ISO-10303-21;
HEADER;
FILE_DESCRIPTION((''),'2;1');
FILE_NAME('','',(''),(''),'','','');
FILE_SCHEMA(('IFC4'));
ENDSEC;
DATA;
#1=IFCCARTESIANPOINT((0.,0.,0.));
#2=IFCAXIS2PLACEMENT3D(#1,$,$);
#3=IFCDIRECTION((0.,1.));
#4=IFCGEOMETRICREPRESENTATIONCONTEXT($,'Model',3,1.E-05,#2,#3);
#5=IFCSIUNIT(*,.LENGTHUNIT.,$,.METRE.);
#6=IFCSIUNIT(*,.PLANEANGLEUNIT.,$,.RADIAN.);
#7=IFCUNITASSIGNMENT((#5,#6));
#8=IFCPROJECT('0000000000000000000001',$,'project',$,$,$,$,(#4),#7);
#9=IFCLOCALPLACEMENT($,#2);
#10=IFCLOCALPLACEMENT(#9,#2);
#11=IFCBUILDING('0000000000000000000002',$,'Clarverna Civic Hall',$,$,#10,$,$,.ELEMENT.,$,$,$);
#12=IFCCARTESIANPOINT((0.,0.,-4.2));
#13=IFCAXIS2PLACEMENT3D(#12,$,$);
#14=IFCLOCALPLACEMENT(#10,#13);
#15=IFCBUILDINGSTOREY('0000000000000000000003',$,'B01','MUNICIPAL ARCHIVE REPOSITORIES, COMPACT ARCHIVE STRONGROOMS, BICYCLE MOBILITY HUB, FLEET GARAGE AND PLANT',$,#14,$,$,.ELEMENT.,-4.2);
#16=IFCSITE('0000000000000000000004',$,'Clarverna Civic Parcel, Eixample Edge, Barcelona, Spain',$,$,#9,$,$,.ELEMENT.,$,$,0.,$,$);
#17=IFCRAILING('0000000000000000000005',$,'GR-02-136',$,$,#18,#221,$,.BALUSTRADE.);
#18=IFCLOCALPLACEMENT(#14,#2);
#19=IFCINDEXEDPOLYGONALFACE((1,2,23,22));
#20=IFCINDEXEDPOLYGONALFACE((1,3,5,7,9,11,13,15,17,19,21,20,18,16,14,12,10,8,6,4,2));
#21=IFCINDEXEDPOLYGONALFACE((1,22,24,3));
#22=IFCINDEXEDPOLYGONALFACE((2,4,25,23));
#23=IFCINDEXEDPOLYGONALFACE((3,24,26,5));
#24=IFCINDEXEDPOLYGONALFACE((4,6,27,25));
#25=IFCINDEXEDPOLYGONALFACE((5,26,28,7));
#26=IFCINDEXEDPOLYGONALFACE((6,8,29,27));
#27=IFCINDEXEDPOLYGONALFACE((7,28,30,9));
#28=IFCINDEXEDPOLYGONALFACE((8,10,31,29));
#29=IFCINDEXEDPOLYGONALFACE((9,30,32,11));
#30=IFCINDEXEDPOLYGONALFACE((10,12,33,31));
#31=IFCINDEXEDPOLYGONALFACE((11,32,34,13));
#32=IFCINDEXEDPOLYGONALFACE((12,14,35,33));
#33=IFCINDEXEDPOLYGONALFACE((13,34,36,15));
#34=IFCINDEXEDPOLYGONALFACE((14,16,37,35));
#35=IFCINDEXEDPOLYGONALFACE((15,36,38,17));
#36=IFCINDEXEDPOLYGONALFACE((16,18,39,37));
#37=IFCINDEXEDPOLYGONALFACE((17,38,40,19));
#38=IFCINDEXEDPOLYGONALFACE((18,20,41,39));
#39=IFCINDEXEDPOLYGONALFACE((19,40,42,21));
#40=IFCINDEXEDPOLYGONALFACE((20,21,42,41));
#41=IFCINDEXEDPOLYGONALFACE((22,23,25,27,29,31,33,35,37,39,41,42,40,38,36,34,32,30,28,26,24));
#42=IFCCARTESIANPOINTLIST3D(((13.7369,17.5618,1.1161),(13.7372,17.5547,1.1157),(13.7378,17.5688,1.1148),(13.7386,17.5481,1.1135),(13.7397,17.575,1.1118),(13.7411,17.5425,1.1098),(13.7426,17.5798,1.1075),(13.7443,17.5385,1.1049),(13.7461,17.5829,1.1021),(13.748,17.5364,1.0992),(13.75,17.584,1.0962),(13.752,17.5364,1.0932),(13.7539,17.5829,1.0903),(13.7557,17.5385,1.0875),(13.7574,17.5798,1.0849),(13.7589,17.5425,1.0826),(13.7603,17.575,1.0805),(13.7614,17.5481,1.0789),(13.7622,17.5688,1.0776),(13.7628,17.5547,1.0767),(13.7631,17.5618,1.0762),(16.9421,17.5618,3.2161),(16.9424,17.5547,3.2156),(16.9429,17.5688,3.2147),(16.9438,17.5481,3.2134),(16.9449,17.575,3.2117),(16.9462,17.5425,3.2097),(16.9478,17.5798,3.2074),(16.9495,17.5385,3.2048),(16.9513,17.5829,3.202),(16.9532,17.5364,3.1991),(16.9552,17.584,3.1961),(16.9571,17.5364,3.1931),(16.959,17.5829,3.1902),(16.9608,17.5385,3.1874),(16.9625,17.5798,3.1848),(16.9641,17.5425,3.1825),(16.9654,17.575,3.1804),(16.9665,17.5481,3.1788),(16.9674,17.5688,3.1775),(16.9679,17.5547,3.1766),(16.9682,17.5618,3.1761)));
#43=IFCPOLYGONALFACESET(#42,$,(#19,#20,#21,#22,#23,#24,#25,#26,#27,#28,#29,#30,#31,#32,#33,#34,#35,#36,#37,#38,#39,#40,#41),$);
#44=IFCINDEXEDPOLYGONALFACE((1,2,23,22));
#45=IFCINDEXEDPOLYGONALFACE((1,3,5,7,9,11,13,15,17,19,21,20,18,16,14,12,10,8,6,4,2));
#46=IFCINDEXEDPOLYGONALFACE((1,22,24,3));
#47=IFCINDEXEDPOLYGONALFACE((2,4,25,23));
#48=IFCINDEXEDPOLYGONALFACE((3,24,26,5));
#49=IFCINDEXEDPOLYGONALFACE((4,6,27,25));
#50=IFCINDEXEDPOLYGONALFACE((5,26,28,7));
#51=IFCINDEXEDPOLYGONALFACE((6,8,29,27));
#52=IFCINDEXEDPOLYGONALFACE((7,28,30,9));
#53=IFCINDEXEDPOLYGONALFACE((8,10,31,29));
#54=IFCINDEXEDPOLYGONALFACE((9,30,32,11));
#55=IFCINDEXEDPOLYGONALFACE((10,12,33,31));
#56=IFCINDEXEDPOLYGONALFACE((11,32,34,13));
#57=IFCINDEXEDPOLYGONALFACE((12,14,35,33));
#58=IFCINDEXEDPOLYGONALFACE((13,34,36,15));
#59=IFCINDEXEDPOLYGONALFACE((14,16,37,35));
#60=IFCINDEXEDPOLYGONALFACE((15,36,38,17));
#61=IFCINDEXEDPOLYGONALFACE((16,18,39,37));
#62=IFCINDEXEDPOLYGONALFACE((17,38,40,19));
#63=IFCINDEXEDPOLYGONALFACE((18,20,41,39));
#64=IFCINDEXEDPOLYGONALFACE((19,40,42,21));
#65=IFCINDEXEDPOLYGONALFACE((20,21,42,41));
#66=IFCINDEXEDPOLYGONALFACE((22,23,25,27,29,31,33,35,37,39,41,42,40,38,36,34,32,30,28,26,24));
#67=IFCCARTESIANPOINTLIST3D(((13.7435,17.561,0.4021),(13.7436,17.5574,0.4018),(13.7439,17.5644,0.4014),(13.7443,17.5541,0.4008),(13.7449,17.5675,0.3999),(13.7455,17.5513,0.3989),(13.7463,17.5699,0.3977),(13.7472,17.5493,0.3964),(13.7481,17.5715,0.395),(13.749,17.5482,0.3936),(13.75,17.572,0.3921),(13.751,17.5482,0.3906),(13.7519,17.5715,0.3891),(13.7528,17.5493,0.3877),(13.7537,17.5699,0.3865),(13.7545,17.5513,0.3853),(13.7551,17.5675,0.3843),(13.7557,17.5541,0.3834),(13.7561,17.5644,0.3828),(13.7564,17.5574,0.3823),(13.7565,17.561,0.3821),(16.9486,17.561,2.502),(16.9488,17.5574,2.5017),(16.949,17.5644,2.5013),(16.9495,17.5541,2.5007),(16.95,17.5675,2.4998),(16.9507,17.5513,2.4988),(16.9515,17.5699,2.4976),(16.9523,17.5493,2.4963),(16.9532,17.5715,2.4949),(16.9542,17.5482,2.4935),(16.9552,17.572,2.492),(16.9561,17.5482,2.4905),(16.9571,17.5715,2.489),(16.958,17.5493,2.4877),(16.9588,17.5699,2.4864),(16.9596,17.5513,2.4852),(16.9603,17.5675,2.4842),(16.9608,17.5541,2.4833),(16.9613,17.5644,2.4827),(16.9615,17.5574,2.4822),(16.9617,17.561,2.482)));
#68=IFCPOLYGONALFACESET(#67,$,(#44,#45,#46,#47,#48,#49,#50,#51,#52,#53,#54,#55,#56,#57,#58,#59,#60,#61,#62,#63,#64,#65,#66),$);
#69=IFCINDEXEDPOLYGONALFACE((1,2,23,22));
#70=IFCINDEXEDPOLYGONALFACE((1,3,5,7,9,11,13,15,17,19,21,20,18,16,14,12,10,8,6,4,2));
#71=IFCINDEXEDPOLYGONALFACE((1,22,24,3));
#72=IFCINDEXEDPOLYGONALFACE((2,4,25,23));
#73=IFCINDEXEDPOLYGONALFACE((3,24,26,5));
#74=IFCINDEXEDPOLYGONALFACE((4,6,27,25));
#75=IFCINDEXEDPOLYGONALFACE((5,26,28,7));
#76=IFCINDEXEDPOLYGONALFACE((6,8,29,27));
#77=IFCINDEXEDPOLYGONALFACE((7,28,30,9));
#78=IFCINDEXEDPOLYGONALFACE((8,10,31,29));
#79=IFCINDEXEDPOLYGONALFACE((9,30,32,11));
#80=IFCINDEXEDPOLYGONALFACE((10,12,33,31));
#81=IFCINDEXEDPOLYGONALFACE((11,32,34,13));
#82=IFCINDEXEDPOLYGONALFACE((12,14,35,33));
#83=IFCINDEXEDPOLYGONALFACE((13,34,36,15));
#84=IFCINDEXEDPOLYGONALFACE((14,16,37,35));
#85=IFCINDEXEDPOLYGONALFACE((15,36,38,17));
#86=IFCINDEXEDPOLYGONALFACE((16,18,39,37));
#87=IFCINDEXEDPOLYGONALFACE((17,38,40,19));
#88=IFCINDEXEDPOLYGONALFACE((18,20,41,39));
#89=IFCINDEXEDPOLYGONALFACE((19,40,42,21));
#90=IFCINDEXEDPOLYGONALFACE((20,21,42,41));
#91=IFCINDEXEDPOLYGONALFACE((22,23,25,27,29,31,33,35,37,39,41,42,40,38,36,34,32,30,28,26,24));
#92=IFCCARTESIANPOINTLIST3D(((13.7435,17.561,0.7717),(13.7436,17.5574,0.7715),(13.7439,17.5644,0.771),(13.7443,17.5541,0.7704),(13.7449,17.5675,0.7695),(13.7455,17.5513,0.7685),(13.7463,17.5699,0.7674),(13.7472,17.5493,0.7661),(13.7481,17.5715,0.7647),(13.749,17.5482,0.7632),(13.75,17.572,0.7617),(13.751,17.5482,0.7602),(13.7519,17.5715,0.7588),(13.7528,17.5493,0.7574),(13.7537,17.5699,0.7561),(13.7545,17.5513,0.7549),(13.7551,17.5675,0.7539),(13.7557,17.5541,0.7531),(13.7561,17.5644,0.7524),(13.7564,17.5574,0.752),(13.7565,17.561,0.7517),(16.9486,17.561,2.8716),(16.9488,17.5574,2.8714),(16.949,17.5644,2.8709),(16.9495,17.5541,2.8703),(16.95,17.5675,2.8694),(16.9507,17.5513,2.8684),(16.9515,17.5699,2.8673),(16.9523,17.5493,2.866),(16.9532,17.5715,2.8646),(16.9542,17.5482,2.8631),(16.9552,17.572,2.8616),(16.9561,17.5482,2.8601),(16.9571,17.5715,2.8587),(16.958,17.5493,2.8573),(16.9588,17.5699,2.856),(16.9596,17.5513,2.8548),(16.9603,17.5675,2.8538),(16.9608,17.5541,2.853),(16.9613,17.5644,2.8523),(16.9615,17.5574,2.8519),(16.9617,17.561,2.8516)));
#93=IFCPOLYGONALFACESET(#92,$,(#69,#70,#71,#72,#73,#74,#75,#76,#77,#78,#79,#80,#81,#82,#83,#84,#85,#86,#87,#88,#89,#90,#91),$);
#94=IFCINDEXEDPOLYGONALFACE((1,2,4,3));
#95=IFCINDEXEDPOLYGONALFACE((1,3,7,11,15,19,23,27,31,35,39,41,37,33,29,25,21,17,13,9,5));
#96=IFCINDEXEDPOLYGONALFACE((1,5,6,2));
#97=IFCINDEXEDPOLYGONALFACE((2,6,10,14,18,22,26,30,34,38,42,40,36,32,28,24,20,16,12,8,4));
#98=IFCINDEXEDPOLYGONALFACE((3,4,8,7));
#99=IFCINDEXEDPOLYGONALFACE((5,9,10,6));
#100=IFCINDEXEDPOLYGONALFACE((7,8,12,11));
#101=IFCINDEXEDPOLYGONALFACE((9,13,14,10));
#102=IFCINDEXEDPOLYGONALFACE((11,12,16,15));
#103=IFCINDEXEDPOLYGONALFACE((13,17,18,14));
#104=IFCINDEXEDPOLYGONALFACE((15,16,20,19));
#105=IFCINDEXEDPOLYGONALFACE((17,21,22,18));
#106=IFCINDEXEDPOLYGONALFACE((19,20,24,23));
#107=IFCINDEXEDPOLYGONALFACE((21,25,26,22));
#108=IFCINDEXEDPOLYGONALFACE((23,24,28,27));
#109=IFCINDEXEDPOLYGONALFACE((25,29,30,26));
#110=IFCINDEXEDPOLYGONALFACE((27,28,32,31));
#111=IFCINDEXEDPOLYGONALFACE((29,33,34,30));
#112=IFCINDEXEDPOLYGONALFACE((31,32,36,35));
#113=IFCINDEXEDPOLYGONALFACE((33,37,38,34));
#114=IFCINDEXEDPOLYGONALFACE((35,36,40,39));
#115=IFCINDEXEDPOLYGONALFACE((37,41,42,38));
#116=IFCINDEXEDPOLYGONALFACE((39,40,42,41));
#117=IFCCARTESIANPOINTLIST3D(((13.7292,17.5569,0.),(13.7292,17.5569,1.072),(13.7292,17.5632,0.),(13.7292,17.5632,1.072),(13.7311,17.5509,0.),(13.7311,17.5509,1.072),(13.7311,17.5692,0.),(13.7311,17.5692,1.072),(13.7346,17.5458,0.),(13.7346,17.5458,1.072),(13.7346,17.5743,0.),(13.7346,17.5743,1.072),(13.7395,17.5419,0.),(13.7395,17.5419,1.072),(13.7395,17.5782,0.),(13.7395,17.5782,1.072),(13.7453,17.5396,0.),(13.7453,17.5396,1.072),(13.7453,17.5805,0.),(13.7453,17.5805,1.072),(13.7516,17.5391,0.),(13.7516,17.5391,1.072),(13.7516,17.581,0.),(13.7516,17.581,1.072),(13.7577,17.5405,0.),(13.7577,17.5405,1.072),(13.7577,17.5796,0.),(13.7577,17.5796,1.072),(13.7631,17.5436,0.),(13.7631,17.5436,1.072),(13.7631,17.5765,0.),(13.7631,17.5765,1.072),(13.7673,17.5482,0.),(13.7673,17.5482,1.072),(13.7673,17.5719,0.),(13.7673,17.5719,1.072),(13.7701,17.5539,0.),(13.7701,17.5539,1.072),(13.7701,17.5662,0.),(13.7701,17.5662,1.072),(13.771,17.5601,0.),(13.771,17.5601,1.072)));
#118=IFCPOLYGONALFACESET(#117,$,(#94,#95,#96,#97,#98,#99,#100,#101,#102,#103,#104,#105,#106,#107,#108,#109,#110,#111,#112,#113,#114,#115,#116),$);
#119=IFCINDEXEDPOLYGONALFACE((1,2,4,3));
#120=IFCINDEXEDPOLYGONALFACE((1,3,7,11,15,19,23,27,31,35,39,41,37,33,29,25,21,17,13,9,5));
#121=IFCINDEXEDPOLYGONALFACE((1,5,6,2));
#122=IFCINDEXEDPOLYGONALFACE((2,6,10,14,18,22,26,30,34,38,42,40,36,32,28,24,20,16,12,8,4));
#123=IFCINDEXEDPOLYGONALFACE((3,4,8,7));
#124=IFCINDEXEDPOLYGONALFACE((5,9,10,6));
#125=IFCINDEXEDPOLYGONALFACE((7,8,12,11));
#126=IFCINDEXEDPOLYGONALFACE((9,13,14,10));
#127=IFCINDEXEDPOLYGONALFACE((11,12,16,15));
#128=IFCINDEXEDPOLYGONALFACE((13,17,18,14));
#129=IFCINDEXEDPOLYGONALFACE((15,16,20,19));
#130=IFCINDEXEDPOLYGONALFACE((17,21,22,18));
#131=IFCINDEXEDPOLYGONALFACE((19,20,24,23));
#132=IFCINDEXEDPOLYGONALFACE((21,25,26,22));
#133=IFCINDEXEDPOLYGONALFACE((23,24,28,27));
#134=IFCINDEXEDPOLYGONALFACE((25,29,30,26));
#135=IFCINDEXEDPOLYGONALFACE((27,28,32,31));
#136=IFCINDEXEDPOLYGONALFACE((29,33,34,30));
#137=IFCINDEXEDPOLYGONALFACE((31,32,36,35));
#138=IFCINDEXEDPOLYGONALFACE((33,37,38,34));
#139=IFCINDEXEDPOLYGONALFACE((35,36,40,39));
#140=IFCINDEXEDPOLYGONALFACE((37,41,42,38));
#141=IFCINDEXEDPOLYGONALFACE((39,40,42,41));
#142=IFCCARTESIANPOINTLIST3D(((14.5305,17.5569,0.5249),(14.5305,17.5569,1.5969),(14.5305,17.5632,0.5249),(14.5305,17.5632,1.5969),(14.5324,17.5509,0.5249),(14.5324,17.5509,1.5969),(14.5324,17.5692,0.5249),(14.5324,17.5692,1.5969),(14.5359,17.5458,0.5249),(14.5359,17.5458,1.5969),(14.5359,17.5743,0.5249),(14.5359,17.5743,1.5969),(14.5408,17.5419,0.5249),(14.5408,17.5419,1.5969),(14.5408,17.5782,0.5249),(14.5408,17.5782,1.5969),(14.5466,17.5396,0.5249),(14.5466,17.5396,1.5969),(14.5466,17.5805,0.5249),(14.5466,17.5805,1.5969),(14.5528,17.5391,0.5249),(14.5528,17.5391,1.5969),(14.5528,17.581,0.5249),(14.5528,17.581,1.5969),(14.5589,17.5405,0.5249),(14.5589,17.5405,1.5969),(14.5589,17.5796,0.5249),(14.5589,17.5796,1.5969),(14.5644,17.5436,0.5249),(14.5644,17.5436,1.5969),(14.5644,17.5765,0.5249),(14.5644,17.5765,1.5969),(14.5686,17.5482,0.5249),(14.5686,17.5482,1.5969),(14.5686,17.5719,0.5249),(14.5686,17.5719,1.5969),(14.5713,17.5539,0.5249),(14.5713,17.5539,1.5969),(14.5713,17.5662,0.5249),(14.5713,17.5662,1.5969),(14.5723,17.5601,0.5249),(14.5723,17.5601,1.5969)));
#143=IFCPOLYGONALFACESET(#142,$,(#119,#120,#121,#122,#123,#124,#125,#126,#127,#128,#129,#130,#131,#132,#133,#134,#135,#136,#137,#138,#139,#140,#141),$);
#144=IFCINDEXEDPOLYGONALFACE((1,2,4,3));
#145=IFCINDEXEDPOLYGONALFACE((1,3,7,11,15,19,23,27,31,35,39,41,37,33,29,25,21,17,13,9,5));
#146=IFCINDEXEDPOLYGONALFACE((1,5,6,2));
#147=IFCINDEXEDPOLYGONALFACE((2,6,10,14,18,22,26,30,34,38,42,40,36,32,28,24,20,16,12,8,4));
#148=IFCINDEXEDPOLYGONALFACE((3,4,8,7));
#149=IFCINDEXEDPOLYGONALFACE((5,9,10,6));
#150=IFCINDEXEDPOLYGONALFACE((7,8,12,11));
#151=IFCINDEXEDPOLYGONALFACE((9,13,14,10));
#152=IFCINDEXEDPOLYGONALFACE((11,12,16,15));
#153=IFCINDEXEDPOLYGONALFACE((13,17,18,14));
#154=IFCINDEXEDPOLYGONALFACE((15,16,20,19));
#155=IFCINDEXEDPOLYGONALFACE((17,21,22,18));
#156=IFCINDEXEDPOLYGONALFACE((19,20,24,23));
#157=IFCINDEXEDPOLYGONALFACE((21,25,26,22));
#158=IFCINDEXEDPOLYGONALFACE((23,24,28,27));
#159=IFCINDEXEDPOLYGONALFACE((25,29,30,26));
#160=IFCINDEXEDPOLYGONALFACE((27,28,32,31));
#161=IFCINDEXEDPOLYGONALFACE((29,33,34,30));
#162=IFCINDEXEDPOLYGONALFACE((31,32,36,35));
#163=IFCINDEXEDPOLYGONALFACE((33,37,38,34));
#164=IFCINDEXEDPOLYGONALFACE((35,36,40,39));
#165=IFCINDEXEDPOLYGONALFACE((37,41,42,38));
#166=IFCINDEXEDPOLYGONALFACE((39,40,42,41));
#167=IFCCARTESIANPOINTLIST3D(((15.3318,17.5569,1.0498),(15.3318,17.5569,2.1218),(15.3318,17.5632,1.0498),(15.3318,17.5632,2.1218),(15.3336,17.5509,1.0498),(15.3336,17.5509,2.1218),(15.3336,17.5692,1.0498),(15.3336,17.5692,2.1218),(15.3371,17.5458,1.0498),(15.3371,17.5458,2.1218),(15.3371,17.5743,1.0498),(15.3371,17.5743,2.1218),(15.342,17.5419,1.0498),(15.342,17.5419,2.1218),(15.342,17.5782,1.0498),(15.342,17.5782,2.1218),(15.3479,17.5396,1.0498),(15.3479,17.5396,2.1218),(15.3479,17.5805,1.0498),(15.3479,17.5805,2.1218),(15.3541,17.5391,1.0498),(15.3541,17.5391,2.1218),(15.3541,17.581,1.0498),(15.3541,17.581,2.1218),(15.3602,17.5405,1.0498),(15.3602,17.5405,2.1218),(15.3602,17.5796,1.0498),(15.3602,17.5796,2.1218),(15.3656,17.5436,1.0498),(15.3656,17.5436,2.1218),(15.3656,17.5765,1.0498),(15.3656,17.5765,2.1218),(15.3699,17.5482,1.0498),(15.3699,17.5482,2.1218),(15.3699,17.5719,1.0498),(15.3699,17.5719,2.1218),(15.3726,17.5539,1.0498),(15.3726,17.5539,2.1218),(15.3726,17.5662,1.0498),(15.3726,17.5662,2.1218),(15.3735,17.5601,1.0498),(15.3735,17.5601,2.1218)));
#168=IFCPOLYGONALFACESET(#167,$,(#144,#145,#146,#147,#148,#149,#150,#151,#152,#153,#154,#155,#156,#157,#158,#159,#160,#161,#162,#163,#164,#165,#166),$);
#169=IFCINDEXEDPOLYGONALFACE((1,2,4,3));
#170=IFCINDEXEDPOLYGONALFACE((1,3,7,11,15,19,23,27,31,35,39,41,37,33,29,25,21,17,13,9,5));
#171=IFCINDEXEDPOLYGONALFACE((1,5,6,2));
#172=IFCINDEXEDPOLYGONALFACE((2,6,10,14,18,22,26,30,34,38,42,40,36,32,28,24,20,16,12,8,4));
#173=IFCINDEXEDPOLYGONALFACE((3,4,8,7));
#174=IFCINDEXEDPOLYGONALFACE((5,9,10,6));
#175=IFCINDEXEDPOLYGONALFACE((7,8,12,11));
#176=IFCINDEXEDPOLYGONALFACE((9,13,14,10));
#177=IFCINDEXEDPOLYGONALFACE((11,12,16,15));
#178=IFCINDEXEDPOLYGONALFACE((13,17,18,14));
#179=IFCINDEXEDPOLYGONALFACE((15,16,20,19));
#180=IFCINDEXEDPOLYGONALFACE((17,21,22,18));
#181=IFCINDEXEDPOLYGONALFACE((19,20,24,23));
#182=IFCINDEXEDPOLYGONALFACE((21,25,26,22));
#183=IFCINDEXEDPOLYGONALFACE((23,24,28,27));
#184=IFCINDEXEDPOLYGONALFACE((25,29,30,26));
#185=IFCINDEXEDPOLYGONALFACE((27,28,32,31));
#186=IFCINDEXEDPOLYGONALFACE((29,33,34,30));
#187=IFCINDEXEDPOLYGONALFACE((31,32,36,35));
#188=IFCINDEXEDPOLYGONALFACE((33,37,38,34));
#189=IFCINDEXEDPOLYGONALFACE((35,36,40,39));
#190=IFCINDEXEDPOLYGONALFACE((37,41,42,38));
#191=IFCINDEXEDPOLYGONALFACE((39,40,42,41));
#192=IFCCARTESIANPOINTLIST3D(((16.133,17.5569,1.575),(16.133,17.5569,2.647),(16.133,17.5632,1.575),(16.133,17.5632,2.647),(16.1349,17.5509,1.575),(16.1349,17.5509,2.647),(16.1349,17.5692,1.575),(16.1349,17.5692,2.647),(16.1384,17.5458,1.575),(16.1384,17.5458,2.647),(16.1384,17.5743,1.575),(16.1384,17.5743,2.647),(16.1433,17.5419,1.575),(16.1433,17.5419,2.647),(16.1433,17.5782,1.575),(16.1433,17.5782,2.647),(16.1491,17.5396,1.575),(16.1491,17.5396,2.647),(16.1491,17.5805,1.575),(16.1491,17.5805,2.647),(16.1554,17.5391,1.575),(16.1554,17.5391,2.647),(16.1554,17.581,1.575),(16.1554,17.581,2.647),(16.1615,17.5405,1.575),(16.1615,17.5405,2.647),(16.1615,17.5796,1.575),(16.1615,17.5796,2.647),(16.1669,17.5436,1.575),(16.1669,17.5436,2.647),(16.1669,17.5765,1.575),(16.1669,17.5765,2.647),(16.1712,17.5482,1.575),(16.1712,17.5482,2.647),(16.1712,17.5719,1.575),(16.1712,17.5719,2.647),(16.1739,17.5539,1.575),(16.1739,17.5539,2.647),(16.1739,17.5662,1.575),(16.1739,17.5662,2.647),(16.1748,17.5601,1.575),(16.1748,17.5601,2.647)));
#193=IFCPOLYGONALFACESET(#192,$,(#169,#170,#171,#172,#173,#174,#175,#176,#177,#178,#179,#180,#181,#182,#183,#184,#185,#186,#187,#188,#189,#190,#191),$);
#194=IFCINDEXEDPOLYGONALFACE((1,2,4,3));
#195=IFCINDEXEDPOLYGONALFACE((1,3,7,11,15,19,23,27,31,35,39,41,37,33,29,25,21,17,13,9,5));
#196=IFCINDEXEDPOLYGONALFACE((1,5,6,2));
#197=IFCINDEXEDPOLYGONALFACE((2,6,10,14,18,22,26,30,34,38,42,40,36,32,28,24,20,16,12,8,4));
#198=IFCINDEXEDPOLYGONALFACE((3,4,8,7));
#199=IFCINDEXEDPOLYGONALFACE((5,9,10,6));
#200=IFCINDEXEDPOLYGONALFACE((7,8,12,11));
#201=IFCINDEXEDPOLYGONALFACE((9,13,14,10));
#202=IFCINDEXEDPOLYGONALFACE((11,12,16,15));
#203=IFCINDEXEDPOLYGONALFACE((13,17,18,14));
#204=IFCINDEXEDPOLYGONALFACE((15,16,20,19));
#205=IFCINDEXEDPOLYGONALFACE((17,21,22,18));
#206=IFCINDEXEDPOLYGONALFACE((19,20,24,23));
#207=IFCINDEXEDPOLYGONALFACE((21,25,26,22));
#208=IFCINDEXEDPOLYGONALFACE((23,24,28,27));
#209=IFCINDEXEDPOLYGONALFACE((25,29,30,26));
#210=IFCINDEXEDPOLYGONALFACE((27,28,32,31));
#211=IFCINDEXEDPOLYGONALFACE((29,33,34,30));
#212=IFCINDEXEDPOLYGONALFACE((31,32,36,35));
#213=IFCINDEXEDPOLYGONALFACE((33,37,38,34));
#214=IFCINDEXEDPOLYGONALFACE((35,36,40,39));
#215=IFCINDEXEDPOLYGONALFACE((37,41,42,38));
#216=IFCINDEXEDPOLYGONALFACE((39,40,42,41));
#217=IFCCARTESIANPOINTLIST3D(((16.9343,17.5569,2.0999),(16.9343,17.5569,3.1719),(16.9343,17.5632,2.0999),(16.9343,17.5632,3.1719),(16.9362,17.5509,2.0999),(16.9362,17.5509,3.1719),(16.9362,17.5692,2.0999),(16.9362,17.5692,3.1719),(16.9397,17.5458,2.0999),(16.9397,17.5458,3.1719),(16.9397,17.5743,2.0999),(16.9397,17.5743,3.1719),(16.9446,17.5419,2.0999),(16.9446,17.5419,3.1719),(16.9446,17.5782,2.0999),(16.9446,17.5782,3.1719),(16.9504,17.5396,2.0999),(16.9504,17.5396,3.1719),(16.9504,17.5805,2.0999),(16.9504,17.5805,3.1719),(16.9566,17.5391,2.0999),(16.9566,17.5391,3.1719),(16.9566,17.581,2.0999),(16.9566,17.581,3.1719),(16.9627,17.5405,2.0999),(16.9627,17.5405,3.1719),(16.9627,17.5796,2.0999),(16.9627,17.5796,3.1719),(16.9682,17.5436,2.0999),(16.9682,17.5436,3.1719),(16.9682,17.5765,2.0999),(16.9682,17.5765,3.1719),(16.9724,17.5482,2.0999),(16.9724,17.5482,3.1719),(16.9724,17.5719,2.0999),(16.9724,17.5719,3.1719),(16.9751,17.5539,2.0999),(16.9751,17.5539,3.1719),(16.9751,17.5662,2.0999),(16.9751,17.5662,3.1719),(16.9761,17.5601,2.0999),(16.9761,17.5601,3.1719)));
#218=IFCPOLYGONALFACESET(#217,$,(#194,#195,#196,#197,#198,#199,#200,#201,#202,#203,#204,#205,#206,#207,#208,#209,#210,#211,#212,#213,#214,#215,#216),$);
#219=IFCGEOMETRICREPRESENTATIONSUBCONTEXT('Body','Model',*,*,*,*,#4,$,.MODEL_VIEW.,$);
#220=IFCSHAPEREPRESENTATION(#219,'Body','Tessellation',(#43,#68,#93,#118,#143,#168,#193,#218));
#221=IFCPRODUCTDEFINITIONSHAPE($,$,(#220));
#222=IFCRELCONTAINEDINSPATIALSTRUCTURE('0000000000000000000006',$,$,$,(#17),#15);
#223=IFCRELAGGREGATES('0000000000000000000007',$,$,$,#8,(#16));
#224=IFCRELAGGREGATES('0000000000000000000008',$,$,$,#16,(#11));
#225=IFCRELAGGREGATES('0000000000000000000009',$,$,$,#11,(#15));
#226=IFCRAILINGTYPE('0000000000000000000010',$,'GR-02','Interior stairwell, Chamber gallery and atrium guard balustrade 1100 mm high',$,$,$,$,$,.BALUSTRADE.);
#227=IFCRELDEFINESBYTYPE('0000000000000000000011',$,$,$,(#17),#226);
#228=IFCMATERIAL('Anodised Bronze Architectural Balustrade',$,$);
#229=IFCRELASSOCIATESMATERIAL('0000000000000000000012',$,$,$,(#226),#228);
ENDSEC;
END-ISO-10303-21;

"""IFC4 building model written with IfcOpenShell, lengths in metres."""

from ifc_helpers import new_model, si_unit, direction, frame, origin, origin_2d, place, context, subcontext, project, spatial, circle, extrude, material, type_object, element, save


model = new_model("IFC4")

# Units and contexts
model_context = context("Model", 3, precision=1e-05, world=origin(), true_north=direction((0.0, 1.0)))
body_context = subcontext(model_context, "Body", "Model", "MODEL_VIEW")
ifc_project = project(units=[si_unit("LENGTHUNIT", "METRE"), si_unit("PLANEANGLEUNIT", "RADIAN")], contexts=[model_context])

# Site, building, storey
site_placement = place(None, origin())
site = spatial("IfcSite", under=ifc_project, at=site_placement, Name="Clarverna Civic Parcel, Eixample Edge, Barcelona, Spain", CompositionType="ELEMENT", RefElevation=0.0)
building_placement = place(site_placement, origin())
building = spatial("IfcBuilding", under=site, at=building_placement, Name="Clarverna Civic Hall", CompositionType="ELEMENT")
storey_placement = place(building_placement, frame((0.0, 0.0, -4.2)))
storey = spatial("IfcBuildingStorey", under=building, at=storey_placement, Name="B01", Description="MUNICIPAL ARCHIVE REPOSITORIES, COMPACT ARCHIVE STRONGROOMS, BICYCLE MOBILITY HUB, FLEET GARAGE AND PLANT", CompositionType="ELEMENT", Elevation=-4.2)

# Railing
ifc_material_1 = material(Name="Anodised Bronze Architectural Balustrade")
railing_type_1 = type_object("IfcRailingType", Name="GR-02", Description="Interior stairwell, Chamber gallery and atrium guard balustrade 1100 mm high", PredefinedType="BALUSTRADE", material=ifc_material_1)
railing_1_placement = place(storey_placement, frame((13.75, 17.5601, 0.0)))
element("IfcRailing", 1, at=railing_1_placement, inside=storey, type_object=railing_type_1, Name="GR-02-136", PredefinedType="BALUSTRADE", context=body_context, shape_type="SweptSolid", body=[
    extrude(circle(Radius=0.0239, at=origin_2d()), frame((0.0, 0.0, 1.0962), z_axis=(0.836464, 0.0, 0.548022), x_axis=(0.0, 1.0, 0.0)), (0.0, 0.0, 1.0), 3.8318),
    extrude(circle(Radius=0.012, at=origin_2d()), frame((0.0, 0.0, 0.3921), z_axis=(0.836464, 0.0, 0.548022), x_axis=(0.0, 1.0, 0.0)), (0.0, 0.0, 1.0), 3.8318),
    extrude(circle(Radius=0.012, at=origin_2d()), frame((0.0, 0.0, 0.7617), z_axis=(0.836464, 0.0, 0.548022), x_axis=(0.0, 1.0, 0.0)), (0.0, 0.0, 1.0), 3.8318),
    extrude(circle(Radius=0.021, at=origin_2d()), origin(), (0.0, 0.0, 1.0), 1.072),
    extrude(circle(Radius=0.021, at=origin_2d()), frame((0.8013, 0.0, 0.5249)), (0.0, 0.0, 1.0), 1.072),
    extrude(circle(Radius=0.021, at=origin_2d()), frame((1.6025, 0.0, 1.0498)), (0.0, 0.0, 1.0), 1.072),
    extrude(circle(Radius=0.021, at=origin_2d()), frame((2.4038, 0.0, 1.575)), (0.0, 0.0, 1.0), 1.072),
    extrude(circle(Radius=0.021, at=origin_2d()), frame((3.2051, 0.0, 2.0999)), (0.0, 0.0, 1.0), 1.072),
])

save(model, "model.ifc")
